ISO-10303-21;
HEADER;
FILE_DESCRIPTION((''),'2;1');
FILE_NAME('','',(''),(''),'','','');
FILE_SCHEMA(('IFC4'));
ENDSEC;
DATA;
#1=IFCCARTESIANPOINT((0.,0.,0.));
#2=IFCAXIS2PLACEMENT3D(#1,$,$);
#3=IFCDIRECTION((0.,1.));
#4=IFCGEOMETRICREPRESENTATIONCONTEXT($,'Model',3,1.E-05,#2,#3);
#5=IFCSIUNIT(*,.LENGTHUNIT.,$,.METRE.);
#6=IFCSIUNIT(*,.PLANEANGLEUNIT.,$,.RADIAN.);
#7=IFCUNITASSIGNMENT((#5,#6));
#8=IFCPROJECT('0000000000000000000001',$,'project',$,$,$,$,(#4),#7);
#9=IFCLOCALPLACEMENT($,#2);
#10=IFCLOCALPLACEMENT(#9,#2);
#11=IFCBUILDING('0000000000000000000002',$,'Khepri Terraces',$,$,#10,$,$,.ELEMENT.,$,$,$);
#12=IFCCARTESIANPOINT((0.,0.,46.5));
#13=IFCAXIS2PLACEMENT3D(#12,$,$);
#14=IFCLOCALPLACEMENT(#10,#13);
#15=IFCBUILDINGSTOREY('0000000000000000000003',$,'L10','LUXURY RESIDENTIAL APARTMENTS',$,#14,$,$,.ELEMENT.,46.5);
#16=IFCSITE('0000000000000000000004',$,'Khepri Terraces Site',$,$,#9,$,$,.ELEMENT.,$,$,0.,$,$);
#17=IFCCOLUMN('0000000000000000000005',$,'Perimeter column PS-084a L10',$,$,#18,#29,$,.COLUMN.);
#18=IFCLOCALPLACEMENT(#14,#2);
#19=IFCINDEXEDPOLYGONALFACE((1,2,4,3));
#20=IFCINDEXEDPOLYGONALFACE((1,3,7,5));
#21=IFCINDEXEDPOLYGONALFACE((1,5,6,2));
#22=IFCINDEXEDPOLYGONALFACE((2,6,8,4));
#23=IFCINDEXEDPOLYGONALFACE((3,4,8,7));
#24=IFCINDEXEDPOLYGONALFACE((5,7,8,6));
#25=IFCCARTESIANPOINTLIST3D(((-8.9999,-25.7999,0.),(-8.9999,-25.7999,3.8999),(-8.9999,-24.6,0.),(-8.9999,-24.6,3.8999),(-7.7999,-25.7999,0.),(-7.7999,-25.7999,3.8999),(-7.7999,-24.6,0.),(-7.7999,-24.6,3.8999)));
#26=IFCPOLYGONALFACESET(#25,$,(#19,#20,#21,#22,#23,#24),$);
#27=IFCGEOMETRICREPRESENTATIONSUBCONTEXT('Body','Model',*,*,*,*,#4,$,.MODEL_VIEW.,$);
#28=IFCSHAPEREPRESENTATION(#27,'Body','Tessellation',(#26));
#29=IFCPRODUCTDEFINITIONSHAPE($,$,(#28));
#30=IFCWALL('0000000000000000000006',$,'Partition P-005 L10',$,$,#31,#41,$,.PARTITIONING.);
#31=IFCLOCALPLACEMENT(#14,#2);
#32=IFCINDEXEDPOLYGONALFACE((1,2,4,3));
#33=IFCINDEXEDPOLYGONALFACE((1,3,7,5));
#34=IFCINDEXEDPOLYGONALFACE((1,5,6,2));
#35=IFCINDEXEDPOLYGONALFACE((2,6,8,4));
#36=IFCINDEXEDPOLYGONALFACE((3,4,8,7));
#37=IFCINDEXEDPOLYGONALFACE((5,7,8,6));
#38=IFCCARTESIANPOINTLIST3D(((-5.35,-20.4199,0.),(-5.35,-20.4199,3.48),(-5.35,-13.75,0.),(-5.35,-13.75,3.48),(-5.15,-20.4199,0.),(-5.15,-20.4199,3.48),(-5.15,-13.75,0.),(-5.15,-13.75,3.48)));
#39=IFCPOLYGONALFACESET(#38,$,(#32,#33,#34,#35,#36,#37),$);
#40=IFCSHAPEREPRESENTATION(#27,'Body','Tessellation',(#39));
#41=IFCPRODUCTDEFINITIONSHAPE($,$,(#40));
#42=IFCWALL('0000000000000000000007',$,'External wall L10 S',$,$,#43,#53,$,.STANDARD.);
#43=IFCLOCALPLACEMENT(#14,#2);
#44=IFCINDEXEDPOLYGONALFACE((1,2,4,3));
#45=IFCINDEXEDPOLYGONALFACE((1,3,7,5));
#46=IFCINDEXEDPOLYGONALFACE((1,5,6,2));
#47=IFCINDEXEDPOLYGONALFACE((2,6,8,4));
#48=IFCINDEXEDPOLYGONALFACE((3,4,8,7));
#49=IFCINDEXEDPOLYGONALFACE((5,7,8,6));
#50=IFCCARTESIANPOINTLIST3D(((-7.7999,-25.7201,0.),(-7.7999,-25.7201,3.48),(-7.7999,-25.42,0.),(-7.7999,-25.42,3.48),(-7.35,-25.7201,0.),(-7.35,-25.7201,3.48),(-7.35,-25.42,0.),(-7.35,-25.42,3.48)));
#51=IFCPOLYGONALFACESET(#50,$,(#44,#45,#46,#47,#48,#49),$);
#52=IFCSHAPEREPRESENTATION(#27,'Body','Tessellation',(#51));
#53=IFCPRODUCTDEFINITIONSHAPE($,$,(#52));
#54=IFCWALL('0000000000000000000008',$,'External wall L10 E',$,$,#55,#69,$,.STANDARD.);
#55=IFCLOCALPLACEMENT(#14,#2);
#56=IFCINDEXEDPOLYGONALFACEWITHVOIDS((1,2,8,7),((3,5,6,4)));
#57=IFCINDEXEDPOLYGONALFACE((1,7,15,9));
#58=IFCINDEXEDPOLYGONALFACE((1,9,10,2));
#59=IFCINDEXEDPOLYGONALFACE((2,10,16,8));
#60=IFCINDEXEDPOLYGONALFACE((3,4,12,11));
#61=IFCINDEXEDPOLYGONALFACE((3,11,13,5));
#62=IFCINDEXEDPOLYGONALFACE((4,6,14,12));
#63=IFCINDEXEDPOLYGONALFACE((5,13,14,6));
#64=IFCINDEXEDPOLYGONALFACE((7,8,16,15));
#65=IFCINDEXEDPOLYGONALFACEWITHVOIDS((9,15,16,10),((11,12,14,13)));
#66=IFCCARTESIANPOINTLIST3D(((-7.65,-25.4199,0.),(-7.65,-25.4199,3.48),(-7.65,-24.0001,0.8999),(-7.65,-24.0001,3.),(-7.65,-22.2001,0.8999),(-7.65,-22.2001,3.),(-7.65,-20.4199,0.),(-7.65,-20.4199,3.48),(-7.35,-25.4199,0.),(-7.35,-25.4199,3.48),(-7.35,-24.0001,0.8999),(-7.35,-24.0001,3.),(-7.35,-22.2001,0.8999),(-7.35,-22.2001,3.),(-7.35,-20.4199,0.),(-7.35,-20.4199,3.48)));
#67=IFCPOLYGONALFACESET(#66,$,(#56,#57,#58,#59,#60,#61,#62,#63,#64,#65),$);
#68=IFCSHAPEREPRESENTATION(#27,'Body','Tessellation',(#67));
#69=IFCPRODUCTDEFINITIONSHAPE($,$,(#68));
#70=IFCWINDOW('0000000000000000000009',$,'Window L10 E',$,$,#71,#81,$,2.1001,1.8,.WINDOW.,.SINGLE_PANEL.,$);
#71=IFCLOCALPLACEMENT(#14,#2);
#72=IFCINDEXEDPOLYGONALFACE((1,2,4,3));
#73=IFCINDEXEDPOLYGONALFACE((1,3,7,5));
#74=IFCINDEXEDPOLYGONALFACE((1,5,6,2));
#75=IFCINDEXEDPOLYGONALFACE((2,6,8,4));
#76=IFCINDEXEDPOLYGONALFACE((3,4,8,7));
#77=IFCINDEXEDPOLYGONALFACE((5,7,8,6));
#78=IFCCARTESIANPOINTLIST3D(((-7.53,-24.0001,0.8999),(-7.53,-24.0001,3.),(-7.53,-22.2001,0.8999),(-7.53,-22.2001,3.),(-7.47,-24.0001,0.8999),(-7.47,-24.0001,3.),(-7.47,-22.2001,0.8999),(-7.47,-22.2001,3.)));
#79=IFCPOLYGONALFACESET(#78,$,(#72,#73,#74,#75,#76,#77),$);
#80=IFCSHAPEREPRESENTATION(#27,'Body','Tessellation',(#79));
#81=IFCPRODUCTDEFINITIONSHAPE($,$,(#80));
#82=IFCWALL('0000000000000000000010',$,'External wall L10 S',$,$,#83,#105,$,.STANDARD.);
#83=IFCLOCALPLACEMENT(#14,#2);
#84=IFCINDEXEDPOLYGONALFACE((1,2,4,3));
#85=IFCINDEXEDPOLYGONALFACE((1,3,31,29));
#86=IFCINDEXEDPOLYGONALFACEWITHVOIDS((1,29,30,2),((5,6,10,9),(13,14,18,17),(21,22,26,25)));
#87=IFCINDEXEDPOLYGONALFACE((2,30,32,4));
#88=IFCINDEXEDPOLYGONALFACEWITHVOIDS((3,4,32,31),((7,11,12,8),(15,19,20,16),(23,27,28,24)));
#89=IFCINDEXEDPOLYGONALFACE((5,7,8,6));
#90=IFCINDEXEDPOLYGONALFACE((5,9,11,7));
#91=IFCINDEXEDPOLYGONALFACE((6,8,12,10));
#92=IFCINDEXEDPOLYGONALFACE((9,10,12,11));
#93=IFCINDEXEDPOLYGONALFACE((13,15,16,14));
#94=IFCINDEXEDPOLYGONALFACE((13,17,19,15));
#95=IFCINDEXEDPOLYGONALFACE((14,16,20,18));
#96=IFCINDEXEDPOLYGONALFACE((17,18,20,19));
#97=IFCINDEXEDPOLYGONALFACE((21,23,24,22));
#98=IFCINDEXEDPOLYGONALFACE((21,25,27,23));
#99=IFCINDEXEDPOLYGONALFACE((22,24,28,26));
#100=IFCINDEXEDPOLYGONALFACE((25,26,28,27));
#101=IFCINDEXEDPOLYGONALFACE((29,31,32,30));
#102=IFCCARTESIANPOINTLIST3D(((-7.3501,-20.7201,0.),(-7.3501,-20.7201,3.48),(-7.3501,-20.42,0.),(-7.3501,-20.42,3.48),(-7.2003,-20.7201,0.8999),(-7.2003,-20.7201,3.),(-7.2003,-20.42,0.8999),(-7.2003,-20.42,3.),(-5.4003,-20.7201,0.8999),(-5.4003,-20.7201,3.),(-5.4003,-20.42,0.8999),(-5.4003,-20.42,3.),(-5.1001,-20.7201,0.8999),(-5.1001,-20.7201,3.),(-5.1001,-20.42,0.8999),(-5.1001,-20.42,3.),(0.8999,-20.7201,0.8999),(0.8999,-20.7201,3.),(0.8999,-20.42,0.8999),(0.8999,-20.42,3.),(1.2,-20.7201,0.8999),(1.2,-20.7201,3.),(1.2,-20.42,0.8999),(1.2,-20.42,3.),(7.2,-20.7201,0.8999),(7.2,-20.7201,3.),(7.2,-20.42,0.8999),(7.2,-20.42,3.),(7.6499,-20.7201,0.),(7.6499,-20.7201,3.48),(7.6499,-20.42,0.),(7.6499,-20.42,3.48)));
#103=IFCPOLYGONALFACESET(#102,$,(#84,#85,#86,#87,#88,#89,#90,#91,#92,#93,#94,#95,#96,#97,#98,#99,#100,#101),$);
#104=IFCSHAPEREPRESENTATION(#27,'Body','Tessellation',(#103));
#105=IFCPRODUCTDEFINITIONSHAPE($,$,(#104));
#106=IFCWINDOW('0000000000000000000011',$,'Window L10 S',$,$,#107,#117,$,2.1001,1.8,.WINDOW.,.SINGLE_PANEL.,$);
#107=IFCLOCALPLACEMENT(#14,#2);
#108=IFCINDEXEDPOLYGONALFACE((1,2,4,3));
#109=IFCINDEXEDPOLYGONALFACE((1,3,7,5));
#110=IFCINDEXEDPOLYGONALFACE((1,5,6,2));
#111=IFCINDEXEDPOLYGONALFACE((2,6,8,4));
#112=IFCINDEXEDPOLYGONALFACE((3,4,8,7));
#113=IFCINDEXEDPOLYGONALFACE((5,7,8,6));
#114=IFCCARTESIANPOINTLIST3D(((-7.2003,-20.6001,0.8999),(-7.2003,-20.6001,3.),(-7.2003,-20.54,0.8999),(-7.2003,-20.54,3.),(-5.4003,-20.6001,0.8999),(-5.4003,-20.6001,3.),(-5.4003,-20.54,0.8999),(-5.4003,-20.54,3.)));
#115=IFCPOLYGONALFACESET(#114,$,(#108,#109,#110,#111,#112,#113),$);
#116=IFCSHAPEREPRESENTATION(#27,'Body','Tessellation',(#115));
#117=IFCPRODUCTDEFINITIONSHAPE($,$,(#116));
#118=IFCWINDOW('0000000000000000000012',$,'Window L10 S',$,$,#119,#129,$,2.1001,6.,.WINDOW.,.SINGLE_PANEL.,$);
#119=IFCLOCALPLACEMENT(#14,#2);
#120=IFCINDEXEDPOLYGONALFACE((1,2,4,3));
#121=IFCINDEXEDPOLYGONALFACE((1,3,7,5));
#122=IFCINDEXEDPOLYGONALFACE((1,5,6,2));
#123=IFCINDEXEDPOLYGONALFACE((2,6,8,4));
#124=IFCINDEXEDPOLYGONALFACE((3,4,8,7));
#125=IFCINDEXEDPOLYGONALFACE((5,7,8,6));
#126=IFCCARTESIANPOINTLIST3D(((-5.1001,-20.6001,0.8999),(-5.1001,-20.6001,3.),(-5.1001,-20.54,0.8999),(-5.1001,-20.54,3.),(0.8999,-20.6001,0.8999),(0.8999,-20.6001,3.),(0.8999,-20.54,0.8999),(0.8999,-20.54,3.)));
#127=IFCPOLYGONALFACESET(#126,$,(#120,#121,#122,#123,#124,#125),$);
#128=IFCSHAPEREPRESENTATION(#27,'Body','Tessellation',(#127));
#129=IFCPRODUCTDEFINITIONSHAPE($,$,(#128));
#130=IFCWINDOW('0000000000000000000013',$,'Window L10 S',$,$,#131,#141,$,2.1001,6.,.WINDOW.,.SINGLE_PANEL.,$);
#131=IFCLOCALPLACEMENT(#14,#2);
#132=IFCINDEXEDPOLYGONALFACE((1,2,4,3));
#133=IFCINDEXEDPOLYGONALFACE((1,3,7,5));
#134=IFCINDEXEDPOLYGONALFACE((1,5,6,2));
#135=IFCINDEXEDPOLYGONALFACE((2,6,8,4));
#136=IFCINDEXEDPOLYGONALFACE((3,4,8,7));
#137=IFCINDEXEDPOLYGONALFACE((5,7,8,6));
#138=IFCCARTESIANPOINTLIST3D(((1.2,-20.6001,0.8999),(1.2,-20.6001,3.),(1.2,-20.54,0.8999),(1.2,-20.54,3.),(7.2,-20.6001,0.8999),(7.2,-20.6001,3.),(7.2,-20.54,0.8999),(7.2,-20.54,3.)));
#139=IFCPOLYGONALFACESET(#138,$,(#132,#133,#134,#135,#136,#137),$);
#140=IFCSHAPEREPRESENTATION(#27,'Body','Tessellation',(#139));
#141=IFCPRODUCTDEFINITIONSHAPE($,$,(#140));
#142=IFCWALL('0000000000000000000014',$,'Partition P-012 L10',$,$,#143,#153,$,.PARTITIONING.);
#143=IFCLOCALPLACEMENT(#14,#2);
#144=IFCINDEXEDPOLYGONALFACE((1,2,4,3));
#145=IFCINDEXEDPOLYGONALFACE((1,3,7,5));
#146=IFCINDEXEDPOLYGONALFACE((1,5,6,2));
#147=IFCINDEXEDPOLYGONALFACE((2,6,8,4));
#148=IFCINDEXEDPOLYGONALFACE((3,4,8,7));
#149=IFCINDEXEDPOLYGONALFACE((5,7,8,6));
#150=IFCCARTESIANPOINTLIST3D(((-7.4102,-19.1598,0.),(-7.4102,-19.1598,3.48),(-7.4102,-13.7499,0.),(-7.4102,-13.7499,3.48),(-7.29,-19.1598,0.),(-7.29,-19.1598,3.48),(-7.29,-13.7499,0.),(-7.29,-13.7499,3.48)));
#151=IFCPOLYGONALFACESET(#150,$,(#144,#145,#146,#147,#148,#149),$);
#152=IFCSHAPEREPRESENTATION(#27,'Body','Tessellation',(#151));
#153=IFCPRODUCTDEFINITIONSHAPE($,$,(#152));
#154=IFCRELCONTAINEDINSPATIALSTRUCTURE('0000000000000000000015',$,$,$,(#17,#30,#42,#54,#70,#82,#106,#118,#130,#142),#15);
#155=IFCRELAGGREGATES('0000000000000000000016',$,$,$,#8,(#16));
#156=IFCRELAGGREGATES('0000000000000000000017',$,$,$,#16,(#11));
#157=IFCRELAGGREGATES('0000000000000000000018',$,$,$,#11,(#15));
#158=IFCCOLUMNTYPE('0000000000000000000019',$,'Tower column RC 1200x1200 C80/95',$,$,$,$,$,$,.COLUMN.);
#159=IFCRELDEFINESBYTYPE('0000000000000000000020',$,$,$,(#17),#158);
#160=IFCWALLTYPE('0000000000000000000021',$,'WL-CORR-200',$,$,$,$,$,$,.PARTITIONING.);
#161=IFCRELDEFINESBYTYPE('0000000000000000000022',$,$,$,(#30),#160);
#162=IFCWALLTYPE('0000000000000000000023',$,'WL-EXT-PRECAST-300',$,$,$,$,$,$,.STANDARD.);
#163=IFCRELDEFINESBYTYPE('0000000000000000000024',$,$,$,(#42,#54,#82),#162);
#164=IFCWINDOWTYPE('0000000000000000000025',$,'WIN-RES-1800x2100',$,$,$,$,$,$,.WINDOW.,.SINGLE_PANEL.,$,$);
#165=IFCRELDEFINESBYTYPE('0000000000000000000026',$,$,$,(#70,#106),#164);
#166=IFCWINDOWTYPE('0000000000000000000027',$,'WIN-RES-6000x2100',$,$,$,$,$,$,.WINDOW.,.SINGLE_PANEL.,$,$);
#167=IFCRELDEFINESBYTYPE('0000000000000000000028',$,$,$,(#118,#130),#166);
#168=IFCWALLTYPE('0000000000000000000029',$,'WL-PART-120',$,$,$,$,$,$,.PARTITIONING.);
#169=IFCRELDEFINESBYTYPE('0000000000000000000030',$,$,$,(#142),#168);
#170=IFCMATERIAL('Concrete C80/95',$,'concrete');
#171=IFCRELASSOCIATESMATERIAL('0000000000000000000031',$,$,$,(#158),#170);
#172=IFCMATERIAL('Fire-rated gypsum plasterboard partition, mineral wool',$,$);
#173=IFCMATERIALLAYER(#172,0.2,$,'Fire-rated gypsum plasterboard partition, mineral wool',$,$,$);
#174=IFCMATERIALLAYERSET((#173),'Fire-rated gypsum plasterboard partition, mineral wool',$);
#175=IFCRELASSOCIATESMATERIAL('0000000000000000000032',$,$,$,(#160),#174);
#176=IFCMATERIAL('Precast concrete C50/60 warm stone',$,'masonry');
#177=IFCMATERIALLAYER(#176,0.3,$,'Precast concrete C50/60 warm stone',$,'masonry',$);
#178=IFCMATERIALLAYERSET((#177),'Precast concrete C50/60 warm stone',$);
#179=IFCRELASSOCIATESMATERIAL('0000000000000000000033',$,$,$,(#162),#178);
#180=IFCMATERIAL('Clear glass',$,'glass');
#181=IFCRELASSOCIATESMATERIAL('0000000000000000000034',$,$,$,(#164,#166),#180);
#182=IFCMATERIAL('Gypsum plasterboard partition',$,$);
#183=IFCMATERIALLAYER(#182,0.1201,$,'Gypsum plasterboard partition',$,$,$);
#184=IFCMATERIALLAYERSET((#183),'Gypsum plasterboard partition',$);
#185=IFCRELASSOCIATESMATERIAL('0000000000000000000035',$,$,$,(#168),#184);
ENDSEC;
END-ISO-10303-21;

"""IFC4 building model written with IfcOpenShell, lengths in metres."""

from ifc_helpers import new_model, si_unit, direction, frame, frame_2d, origin, origin_2d, place, context, subcontext, project, spatial, rectangle, extrude, material, layer, layer_set, material_profile, profile_set, type_object, element, fill, save


model = new_model("IFC4")

# Units and contexts
model_context = context("Model", 3, precision=1e-05, world=origin(), true_north=direction((0.0, 1.0)))
body_context = subcontext(model_context, "Body", "Model", "MODEL_VIEW")
ifc_project = project(units=[si_unit("LENGTHUNIT", "METRE"), si_unit("PLANEANGLEUNIT", "RADIAN")], contexts=[model_context])

# Site, building, storey
site_placement = place(None, origin())
site = spatial("IfcSite", under=ifc_project, at=site_placement, Name="Khepri Terraces Site", CompositionType="ELEMENT", RefElevation=0.0)
building_placement = place(site_placement, origin())
building = spatial("IfcBuilding", under=site, at=building_placement, Name="Khepri Terraces", CompositionType="ELEMENT")
storey_placement = place(building_placement, frame((0.0, 0.0, 46.5)))
storey = spatial("IfcBuildingStorey", under=building, at=storey_placement, Name="L10", Description="LUXURY RESIDENTIAL APARTMENTS", CompositionType="ELEMENT", Elevation=46.5)

# Column
ifc_material_1 = material(Name="Concrete C80/95", Category="concrete")
ifc_material_profile = material_profile(ifc_material_1, rectangle(XDim=1.2, YDim=1.2, at=origin_2d()), Name="Concrete C80/95", Category="concrete")
ifc_profile_set = profile_set([ifc_material_profile], Name="Concrete C80/95")
column_type = type_object("IfcColumnType", Name="Tower column RC 1200x1200 C80/95", PredefinedType="COLUMN", material=ifc_profile_set)
column_placement = place(storey_placement, frame((-8.3999, -25.2, 0.0), z_axis=(0.0, 0.0, 1.0), x_axis=(1.0, 0.0, 0.0)))
element("IfcColumn", 1, at=column_placement, inside=storey, type_object=column_type, Name="Perimeter column PS-084a L10", PredefinedType="COLUMN", context=body_context, shape_type="SweptSolid", body=[
    extrude(rectangle(XDim=1.2, YDim=1.2, at=origin_2d()), origin(), (0.0, 0.0, 1.0), 3.8999),
])

# Walls
ifc_material_2 = material(Name="Fire-rated gypsum plasterboard partition, mineral wool")
ifc_layer_1 = layer(ifc_material_2, 0.2, Name="Fire-rated gypsum plasterboard partition, mineral wool")
ifc_layer_set_1 = layer_set([ifc_layer_1], Name="Fire-rated gypsum plasterboard partition, mineral wool")
wall_type_1 = type_object("IfcWallType", Name="WL-CORR-200", PredefinedType="PARTITIONING", material=ifc_layer_set_1)
wall_1_placement = place(storey_placement, frame((-5.25, -20.4199, 0.0), z_axis=(0.0, 0.0, 1.0), x_axis=(0.0, 1.0, 0.0)))
element("IfcWall", 2, at=wall_1_placement, inside=storey, type_object=wall_type_1, Name="Partition P-005 L10", PredefinedType="PARTITIONING", context=body_context, shape_type="SweptSolid", body=[
    extrude(rectangle(XDim=6.6699, YDim=0.2, at=frame_2d((3.335, 0.0))), origin(), (0.0, 0.0, 1.0), 3.48),
])
ifc_material_3 = material(Name="Precast concrete C50/60 warm stone", Category="masonry")
ifc_layer_2 = layer(ifc_material_3, 0.3, Name="Precast concrete C50/60 warm stone", Category="masonry")
ifc_layer_set_2 = layer_set([ifc_layer_2], Name="Precast concrete C50/60 warm stone")
wall_type_2 = type_object("IfcWallType", Name="WL-EXT-PRECAST-300", PredefinedType="STANDARD", material=ifc_layer_set_2)
wall_2_placement = place(storey_placement, frame((-7.8, -25.5701, 0.0), z_axis=(0.0, 0.0, 1.0), x_axis=(1.0, 0.0, 0.0)))
element("IfcWall", 3, at=wall_2_placement, inside=storey, type_object=wall_type_2, Name="External wall L10 S", PredefinedType="STANDARD", context=body_context, shape_type="SweptSolid", body=[
    extrude(rectangle(XDim=0.45, YDim=0.3, at=frame_2d((0.2251, 0.0))), origin(), (0.0, 0.0, 1.0), 3.48),
])

# Wall, opening, window
wall_3_placement = place(storey_placement, frame((-7.5, -25.4199, 0.0), z_axis=(0.0, 0.0, 1.0), x_axis=(0.0, 1.0, 0.0)))
wall_3 = element("IfcWall", 4, at=wall_3_placement, inside=storey, type_object=wall_type_2, Name="External wall L10 E", PredefinedType="STANDARD", context=body_context, shape_type="SweptSolid", body=[
    extrude(rectangle(XDim=5.0, YDim=0.3, at=frame_2d((2.5, 0.0))), origin(), (0.0, 0.0, 1.0), 3.48),
])
opening_1_placement = place(wall_3_placement, frame((1.4199, 0.0, 0.8999)))
opening_1 = element("IfcOpeningElement", 5, at=opening_1_placement, cuts=wall_3, PredefinedType="OPENING", context=body_context, shape_type="SweptSolid", body=[
    extrude(rectangle(XDim=1.8, YDim=2.1001, at=frame_2d((0.8999, 1.05))), frame((0.0, 0.1602, 0.0), z_axis=(0.0, -1.0, 0.0), x_axis=(1.0, 0.0, 0.0)), (0.0, 0.0, 1.0), 0.3201),
])
ifc_material_4 = material(Name="Clear glass", Category="glass")
window_type_1 = type_object("IfcWindowType", Name="WIN-RES-1800x2100", PartitioningType="SINGLE_PANEL", PredefinedType="WINDOW", material=ifc_material_4)
window_1_placement = place(opening_1_placement, origin())
window_1 = element("IfcWindow", 6, at=window_1_placement, inside=storey, type_object=window_type_1, Name="Window L10 E", OverallHeight=2.1001, OverallWidth=1.8, PartitioningType="SINGLE_PANEL", PredefinedType="WINDOW", context=body_context, shape_type="SweptSolid", body=[
    extrude(rectangle(XDim=1.8, YDim=2.1001, at=frame_2d((0.8999, 1.05))), frame((0.0, 0.03, 0.0), z_axis=(0.0, -1.0, 0.0), x_axis=(1.0, 0.0, 0.0)), (0.0, 0.0, 1.0), 0.0601),
])
fill(opening_1, window_1)

# Wall, openings, windows
wall_4_placement = place(storey_placement, frame((-7.3501, -20.5701, 0.0), z_axis=(0.0, 0.0, 1.0), x_axis=(1.0, 0.0, 0.0)))
wall_4 = element("IfcWall", 7, at=wall_4_placement, inside=storey, type_object=wall_type_2, Name="External wall L10 S", PredefinedType="STANDARD", context=body_context, shape_type="SweptSolid", body=[
    extrude(rectangle(XDim=15.0, YDim=0.3, at=frame_2d((7.5, 0.0))), origin(), (0.0, 0.0, 1.0), 3.48),
])
opening_2_placement = place(wall_4_placement, frame((0.1499, 0.0, 0.8999)))
opening_2 = element("IfcOpeningElement", 8, at=opening_2_placement, cuts=wall_4, PredefinedType="OPENING", context=body_context, shape_type="SweptSolid", body=[
    extrude(rectangle(XDim=1.8, YDim=2.1001, at=frame_2d((0.8999, 1.05))), frame((0.0, 0.1602, 0.0), z_axis=(0.0, -1.0, 0.0), x_axis=(1.0, 0.0, 0.0)), (0.0, 0.0, 1.0), 0.3201),
])
opening_3_placement = place(wall_4_placement, frame((2.25, 0.0, 0.8999)))
opening_3 = element("IfcOpeningElement", 9, at=opening_3_placement, cuts=wall_4, PredefinedType="OPENING", context=body_context, shape_type="SweptSolid", body=[
    extrude(rectangle(XDim=6.0, YDim=2.1001, at=frame_2d((3.0, 1.05))), frame((0.0, 0.1602, 0.0), z_axis=(0.0, -1.0, 0.0), x_axis=(1.0, 0.0, 0.0)), (0.0, 0.0, 1.0), 0.3201),
])
opening_4_placement = place(wall_4_placement, frame((8.55, 0.0, 0.8999)))
opening_4 = element("IfcOpeningElement", 10, at=opening_4_placement, cuts=wall_4, PredefinedType="OPENING", context=body_context, shape_type="SweptSolid", body=[
    extrude(rectangle(XDim=6.0, YDim=2.1001, at=frame_2d((3.0, 1.05))), frame((0.0, 0.1602, 0.0), z_axis=(0.0, -1.0, 0.0), x_axis=(1.0, 0.0, 0.0)), (0.0, 0.0, 1.0), 0.3201),
])
window_2_placement = place(opening_2_placement, origin())
window_2 = element("IfcWindow", 11, at=window_2_placement, inside=storey, type_object=window_type_1, Name="Window L10 S", OverallHeight=2.1001, OverallWidth=1.8, PartitioningType="SINGLE_PANEL", PredefinedType="WINDOW", context=body_context, shape_type="SweptSolid", body=[
    extrude(rectangle(XDim=1.8, YDim=2.1001, at=frame_2d((0.8999, 1.05))), frame((0.0, 0.03, 0.0), z_axis=(0.0, -1.0, 0.0), x_axis=(1.0, 0.0, 0.0)), (0.0, 0.0, 1.0), 0.0601),
])
fill(opening_2, window_2)
window_type_2 = type_object("IfcWindowType", Name="WIN-RES-6000x2100", PartitioningType="SINGLE_PANEL", PredefinedType="WINDOW", material=ifc_material_4)
window_3_placement = place(opening_3_placement, origin())
window_3 = element("IfcWindow", 12, at=window_3_placement, inside=storey, type_object=window_type_2, Name="Window L10 S", OverallHeight=2.1001, OverallWidth=6.0, PartitioningType="SINGLE_PANEL", PredefinedType="WINDOW", context=body_context, shape_type="SweptSolid", body=[
    extrude(rectangle(XDim=6.0, YDim=2.1001, at=frame_2d((3.0, 1.05))), frame((0.0, 0.03, 0.0), z_axis=(0.0, -1.0, 0.0), x_axis=(1.0, 0.0, 0.0)), (0.0, 0.0, 1.0), 0.0601),
])
fill(opening_3, window_3)
window_4_placement = place(opening_4_placement, origin())
window_4 = element("IfcWindow", 13, at=window_4_placement, inside=storey, type_object=window_type_2, Name="Window L10 S", OverallHeight=2.1001, OverallWidth=6.0, PartitioningType="SINGLE_PANEL", PredefinedType="WINDOW", context=body_context, shape_type="SweptSolid", body=[
    extrude(rectangle(XDim=6.0, YDim=2.1001, at=frame_2d((3.0, 1.05))), frame((0.0, 0.03, 0.0), z_axis=(0.0, -1.0, 0.0), x_axis=(1.0, 0.0, 0.0)), (0.0, 0.0, 1.0), 0.0601),
])
fill(opening_4, window_4)

# Wall
ifc_material_5 = material(Name="Gypsum plasterboard partition")
ifc_layer_3 = layer(ifc_material_5, 0.1201, Name="Gypsum plasterboard partition")
ifc_layer_set_3 = layer_set([ifc_layer_3], Name="Gypsum plasterboard partition")
wall_type_3 = type_object("IfcWallType", Name="WL-PART-120", PredefinedType="PARTITIONING", material=ifc_layer_set_3)
wall_5_placement = place(storey_placement, frame((-7.3501, -19.1599, 0.0), z_axis=(0.0, 0.0, 1.0), x_axis=(0.0, 1.0, 0.0)))
element("IfcWall", 14, at=wall_5_placement, inside=storey, type_object=wall_type_3, Name="Partition P-012 L10", PredefinedType="PARTITIONING", context=body_context, shape_type="SweptSolid", body=[
    extrude(rectangle(XDim=5.4099, YDim=0.1201, at=frame_2d((2.7051, 0.0))), origin(), (0.0, 0.0, 1.0), 3.48),
])

save(model, "model.ifc")
